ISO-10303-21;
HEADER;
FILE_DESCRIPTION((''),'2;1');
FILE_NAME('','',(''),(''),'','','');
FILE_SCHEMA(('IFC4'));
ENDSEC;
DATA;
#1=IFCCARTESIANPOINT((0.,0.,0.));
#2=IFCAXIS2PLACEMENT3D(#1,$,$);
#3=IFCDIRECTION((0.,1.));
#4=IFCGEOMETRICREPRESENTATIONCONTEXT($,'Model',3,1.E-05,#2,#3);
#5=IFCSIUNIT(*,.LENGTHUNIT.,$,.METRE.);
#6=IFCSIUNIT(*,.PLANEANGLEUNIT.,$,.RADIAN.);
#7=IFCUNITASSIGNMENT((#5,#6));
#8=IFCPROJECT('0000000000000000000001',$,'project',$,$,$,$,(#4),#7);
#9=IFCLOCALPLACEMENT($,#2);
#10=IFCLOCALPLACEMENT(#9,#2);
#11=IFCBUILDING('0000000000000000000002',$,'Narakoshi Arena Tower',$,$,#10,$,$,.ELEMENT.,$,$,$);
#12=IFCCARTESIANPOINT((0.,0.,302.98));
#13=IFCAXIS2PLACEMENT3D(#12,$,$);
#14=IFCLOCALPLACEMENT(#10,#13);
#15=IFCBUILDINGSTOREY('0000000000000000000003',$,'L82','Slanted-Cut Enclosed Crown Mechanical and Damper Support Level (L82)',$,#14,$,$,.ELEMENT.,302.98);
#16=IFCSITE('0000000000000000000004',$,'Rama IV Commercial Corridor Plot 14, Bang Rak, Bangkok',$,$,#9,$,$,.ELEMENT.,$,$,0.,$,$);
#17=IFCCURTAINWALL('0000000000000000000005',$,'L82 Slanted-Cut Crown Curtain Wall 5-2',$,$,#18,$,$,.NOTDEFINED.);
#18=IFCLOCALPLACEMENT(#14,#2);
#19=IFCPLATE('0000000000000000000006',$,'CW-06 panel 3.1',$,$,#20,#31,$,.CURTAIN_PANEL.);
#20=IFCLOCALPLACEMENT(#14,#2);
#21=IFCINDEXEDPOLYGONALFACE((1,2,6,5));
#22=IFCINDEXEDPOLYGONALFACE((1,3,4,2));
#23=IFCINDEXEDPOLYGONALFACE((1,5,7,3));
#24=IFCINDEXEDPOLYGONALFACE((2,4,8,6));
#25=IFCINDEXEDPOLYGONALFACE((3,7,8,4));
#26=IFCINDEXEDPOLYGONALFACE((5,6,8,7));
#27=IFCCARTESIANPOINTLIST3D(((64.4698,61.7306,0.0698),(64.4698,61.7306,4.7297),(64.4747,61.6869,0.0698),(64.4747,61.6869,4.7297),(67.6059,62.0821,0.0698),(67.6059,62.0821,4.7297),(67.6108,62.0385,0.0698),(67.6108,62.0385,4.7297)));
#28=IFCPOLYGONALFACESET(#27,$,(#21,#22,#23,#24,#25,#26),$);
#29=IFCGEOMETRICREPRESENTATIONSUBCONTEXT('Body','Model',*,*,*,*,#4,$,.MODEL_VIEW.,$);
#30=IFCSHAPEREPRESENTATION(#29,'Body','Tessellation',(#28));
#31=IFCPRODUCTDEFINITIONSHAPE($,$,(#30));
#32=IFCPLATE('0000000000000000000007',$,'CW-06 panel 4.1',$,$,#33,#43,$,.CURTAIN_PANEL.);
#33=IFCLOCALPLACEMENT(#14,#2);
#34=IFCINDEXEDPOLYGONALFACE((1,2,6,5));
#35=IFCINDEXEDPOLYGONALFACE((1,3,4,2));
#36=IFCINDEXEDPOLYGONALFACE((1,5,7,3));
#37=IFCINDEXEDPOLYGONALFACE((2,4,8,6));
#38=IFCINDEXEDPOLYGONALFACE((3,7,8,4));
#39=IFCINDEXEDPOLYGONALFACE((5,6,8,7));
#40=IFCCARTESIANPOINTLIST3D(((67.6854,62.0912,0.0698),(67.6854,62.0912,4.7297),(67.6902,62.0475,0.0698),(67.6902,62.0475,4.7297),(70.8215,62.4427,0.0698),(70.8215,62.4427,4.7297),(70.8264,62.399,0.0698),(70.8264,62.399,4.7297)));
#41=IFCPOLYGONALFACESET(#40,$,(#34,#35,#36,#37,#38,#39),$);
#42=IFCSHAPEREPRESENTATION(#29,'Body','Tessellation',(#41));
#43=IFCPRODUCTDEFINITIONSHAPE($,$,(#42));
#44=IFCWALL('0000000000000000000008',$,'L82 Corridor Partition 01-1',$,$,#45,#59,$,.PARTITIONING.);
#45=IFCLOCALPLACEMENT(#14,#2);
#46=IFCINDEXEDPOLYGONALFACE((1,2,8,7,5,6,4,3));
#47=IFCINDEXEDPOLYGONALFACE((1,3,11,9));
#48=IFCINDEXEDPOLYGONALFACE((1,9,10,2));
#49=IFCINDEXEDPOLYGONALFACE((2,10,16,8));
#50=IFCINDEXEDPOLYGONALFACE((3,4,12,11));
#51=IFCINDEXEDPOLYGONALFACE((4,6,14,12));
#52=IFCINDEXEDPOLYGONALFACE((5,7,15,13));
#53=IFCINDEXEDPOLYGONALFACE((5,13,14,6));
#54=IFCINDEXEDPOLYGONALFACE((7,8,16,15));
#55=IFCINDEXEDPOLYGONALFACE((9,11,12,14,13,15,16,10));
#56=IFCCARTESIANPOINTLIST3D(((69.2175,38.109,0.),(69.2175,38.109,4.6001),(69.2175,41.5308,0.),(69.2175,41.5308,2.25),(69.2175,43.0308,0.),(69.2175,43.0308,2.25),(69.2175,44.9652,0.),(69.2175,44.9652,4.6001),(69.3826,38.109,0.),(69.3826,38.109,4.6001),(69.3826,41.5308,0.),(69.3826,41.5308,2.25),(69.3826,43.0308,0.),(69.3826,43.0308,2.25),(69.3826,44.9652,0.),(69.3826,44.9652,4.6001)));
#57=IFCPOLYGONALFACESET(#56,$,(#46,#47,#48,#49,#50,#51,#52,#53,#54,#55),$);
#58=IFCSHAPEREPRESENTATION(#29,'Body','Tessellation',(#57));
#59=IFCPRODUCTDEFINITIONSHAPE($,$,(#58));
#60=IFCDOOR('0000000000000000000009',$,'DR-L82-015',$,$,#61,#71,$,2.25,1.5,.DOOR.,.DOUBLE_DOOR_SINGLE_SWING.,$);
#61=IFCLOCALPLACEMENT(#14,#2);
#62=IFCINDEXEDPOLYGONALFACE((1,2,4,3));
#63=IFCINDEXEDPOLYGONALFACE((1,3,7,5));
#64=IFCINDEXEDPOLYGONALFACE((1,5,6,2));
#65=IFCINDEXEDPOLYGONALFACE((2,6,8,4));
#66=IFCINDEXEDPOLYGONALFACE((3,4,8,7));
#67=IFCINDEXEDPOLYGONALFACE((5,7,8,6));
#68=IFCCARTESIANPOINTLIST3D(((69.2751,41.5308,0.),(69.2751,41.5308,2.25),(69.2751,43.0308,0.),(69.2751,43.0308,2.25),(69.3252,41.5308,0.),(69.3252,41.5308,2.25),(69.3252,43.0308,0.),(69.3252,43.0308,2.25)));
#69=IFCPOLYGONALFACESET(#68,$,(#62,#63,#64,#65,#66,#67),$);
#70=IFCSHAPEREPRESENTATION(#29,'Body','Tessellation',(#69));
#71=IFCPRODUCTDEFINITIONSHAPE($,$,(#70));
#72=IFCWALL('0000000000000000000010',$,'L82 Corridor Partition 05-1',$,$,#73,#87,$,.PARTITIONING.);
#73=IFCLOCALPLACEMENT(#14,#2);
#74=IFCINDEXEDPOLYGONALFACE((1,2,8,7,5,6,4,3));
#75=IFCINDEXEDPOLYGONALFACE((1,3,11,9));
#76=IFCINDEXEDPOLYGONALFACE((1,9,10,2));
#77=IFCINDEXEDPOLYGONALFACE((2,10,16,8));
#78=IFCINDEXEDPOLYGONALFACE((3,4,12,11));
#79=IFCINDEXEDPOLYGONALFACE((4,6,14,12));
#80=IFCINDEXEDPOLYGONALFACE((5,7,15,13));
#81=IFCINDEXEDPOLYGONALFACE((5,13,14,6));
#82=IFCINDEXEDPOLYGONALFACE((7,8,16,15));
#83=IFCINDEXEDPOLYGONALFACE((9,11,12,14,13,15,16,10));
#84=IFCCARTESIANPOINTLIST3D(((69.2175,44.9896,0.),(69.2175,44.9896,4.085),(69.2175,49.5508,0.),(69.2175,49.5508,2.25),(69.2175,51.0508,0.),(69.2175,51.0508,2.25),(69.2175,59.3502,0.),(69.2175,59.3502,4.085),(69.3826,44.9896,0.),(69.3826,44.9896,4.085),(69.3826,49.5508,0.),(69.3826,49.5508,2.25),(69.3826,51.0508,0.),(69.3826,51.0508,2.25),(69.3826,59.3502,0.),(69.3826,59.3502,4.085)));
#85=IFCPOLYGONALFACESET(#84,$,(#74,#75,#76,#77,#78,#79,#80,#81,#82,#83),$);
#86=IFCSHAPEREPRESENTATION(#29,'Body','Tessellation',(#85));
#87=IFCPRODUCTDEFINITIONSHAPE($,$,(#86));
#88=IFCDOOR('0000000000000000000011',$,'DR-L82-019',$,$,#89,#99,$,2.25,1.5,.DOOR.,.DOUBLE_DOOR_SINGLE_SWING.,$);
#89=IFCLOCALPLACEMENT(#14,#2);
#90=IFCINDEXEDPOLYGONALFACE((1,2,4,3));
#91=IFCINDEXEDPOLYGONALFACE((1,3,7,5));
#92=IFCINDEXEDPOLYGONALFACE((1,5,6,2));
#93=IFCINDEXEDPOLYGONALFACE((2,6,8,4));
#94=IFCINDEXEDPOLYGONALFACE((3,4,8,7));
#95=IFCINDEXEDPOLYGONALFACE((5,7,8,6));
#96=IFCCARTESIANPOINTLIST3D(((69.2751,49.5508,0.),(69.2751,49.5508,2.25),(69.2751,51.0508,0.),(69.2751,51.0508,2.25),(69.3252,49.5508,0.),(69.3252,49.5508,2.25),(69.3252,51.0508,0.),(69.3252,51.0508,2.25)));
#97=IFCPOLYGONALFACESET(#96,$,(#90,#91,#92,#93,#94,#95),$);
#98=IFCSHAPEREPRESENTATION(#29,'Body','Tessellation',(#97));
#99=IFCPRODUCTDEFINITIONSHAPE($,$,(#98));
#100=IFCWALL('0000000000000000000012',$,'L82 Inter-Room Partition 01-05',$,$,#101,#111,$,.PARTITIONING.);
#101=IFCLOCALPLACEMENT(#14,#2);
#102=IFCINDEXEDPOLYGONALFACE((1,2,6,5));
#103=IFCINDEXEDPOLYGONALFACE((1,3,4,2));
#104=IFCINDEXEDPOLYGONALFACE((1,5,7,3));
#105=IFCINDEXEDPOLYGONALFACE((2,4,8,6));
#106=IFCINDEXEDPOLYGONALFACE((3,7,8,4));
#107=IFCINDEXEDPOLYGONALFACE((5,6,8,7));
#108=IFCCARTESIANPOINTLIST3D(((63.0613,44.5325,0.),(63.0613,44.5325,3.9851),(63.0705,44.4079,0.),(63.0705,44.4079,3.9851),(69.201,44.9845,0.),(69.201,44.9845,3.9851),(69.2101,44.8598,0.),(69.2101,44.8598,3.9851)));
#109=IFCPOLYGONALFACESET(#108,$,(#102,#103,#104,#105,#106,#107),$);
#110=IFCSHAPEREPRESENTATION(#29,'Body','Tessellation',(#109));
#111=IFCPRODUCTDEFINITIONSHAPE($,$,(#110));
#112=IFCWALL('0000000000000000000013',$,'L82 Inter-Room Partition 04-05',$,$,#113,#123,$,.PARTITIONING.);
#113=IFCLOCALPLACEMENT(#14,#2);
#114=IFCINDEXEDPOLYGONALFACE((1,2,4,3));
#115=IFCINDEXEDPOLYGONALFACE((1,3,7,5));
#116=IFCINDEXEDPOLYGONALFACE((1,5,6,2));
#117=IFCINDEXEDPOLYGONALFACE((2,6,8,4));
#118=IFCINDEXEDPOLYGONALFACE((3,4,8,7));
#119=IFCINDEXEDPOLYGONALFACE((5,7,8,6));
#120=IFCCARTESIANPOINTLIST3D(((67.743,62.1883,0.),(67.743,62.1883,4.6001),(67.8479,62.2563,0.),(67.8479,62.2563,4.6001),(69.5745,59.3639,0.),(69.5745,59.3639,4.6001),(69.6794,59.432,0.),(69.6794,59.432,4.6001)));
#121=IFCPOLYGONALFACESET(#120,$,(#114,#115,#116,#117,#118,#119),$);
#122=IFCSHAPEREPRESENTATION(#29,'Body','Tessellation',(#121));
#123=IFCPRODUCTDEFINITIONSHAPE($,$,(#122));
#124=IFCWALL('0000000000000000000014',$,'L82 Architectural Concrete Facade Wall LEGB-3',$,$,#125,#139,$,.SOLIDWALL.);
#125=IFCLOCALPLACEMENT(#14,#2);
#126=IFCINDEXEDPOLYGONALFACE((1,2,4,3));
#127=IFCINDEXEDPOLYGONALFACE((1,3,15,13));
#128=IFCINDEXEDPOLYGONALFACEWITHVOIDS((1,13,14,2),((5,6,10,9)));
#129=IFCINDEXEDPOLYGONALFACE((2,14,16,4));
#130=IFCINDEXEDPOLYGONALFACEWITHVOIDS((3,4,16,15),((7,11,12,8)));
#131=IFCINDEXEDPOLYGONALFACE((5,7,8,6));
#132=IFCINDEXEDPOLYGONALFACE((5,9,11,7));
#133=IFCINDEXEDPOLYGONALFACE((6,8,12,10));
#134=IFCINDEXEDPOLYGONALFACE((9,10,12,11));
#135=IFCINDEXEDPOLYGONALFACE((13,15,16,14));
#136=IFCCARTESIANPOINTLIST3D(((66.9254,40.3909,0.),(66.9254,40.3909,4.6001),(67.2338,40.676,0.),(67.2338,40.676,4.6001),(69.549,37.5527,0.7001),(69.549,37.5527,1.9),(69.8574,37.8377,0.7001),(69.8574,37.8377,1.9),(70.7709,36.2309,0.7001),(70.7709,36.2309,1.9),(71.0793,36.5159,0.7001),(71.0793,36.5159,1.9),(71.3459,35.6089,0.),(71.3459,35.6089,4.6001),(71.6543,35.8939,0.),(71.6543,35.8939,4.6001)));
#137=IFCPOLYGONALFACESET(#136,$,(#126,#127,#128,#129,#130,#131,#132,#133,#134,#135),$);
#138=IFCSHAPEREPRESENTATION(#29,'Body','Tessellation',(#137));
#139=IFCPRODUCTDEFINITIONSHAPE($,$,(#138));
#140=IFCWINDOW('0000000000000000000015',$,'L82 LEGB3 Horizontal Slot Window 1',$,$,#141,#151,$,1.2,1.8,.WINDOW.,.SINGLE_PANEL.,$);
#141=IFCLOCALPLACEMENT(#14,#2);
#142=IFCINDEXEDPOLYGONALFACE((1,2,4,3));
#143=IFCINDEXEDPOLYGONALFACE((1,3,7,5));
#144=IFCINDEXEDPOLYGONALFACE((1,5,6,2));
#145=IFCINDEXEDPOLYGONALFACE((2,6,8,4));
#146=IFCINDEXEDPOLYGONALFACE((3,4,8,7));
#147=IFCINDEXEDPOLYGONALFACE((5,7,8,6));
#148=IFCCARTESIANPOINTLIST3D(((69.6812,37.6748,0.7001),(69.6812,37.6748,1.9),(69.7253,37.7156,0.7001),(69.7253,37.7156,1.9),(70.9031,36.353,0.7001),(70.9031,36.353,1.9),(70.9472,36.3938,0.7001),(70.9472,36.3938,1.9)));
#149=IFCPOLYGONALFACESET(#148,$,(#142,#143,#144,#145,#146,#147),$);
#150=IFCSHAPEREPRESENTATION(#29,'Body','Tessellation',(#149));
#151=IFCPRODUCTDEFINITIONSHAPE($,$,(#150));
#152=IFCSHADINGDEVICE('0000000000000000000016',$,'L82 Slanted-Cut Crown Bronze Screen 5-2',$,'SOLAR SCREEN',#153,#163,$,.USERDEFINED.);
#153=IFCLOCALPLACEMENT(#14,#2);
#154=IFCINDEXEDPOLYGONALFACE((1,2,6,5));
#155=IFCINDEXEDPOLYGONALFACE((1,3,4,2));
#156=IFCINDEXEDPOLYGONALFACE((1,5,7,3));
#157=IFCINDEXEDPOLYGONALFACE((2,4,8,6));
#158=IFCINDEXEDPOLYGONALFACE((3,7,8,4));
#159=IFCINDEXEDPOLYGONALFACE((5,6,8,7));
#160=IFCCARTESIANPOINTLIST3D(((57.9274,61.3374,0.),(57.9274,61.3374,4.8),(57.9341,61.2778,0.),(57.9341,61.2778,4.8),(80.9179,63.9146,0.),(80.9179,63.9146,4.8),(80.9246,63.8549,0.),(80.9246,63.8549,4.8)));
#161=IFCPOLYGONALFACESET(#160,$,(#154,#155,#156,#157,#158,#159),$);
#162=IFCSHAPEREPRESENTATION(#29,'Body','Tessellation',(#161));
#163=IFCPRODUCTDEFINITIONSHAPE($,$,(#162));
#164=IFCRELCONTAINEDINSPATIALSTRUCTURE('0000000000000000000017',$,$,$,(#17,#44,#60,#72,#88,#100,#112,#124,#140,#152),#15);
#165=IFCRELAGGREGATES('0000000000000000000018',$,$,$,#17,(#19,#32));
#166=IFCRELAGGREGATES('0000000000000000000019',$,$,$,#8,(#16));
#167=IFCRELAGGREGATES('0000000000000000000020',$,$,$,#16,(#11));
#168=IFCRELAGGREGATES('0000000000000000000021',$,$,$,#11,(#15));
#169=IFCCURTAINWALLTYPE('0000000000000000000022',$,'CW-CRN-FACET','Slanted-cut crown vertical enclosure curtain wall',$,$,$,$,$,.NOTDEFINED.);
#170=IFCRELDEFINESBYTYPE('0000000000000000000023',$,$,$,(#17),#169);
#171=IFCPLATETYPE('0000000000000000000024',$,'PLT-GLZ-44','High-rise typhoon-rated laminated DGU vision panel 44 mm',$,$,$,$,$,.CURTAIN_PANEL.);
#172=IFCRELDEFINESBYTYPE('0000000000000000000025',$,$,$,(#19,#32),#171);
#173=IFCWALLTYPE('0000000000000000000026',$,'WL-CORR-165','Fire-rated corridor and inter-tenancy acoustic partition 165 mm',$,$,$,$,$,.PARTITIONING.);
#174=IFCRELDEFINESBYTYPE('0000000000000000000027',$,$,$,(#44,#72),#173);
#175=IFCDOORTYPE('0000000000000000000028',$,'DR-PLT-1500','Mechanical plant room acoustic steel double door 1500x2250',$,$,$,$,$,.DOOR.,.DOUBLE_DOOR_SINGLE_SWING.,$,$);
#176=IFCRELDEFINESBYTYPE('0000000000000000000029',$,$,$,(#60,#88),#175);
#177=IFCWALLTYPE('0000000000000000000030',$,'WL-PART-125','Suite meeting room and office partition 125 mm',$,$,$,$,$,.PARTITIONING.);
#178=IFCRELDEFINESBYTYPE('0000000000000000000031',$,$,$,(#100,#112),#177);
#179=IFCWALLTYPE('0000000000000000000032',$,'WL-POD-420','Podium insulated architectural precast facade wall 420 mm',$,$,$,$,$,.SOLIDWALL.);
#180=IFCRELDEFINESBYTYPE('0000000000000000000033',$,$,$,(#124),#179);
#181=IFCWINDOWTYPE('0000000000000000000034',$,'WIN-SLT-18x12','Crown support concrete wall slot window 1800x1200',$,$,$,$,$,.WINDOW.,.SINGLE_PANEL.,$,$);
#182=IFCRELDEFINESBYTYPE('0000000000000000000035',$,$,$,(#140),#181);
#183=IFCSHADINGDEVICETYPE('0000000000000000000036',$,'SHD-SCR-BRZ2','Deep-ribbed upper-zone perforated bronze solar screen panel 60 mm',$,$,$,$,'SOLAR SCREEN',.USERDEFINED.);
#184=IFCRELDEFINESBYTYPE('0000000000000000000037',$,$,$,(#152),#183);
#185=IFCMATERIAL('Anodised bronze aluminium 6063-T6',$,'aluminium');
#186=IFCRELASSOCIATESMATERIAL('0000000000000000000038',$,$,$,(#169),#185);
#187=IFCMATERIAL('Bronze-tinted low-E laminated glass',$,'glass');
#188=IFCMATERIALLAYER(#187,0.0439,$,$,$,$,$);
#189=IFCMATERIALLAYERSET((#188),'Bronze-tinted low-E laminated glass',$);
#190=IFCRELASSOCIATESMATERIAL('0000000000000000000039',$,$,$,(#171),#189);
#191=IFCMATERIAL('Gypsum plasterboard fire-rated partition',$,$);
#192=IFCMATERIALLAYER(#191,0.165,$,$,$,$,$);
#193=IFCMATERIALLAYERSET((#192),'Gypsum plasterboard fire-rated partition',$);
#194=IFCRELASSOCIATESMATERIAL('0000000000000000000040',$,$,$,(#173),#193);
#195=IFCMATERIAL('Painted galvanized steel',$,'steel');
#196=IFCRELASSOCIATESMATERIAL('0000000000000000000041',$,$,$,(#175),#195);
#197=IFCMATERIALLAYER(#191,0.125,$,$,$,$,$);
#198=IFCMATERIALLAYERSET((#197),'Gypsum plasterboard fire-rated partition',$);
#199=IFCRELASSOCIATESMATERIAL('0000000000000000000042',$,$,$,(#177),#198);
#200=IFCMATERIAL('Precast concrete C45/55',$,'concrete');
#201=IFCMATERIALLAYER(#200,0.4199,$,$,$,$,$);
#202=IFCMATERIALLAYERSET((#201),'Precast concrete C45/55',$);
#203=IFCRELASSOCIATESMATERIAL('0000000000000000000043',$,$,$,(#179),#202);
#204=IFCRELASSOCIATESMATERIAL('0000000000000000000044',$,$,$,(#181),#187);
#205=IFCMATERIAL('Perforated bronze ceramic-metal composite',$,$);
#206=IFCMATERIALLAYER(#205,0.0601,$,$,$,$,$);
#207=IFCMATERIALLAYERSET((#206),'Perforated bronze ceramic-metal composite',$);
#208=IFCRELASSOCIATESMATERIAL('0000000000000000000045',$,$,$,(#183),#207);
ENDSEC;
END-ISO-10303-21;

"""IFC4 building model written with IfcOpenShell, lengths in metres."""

from ifc_helpers import new_model, si_unit, direction, frame, frame_2d, origin, origin_2d, place, context, subcontext, project, spatial, polyline, rectangle, outline, extrude, material, layer, layer_set, type_object, element, fill, aggregate, save


model = new_model("IFC4")

# Units and contexts
model_context = context("Model", 3, precision=1e-05, world=origin(), true_north=direction((0.0, 1.0)))
body_context = subcontext(model_context, "Body", "Model", "MODEL_VIEW")
ifc_project = project(units=[si_unit("LENGTHUNIT", "METRE"), si_unit("PLANEANGLEUNIT", "RADIAN")], contexts=[model_context])

# Site, building, storey
site_placement = place(None, origin())
site = spatial("IfcSite", under=ifc_project, at=site_placement, Name="Rama IV Commercial Corridor Plot 14, Bang Rak, Bangkok", CompositionType="ELEMENT", RefElevation=0.0)
building_placement = place(site_placement, origin())
building = spatial("IfcBuilding", under=site, at=building_placement, Name="Narakoshi Arena Tower", CompositionType="ELEMENT")
storey_placement = place(building_placement, frame((0.0, 0.0, 302.98)))
storey = spatial("IfcBuildingStorey", under=building, at=storey_placement, Name="L82", Description="Slanted-Cut Enclosed Crown Mechanical and Damper Support Level (L82)", CompositionType="ELEMENT", Elevation=302.98)

# Curtain wall, plates
ifc_material_1 = material(Name="Anodised bronze aluminium 6063-T6", Category="aluminium")
curtain_wall_type = type_object("IfcCurtainWallType", Name="CW-CRN-FACET", Description="Slanted-cut crown vertical enclosure curtain wall", PredefinedType="NOTDEFINED", material=ifc_material_1)
curtain_wall_placement = place(storey_placement, origin())
curtain_wall = element("IfcCurtainWall", 1, at=curtain_wall_placement, inside=storey, type_object=curtain_wall_type, Name="L82 Slanted-Cut Crown Curtain Wall 5-2", PredefinedType="NOTDEFINED")
ifc_material_2 = material(Name="Bronze-tinted low-E laminated glass", Category="glass")
ifc_layer_1 = layer(ifc_material_2, 0.0439)
ifc_layer_set_1 = layer_set([ifc_layer_1], Name="Bronze-tinted low-E laminated glass")
plate_type = type_object("IfcPlateType", Name="PLT-GLZ-44", Description="High-rise typhoon-rated laminated DGU vision panel 44 mm", PredefinedType="CURTAIN_PANEL", material=ifc_layer_set_1)
plate_1_placement = place(storey_placement, frame((66.0403, 61.8845, 0.0698), z_axis=(0.0, 0.0, 1.0), x_axis=(0.993776, 0.111395, 0.0)))
plate_1 = element("IfcPlate", 2, at=plate_1_placement, type_object=plate_type, Name="CW-06 panel 3.1", PredefinedType="CURTAIN_PANEL", context=body_context, shape_type="SweptSolid", body=[
    extrude(rectangle(XDim=3.1558, YDim=0.0439, at=origin_2d()), origin(), (0.0, 0.0, 1.0), 4.6599),
])
plate_2_placement = place(storey_placement, frame((69.2559, 62.2451, 0.0698), z_axis=(0.0, 0.0, 1.0), x_axis=(0.993776, 0.111395, 0.0)))
plate_2 = element("IfcPlate", 3, at=plate_2_placement, type_object=plate_type, Name="CW-06 panel 4.1", PredefinedType="CURTAIN_PANEL", context=body_context, shape_type="SweptSolid", body=[
    extrude(rectangle(XDim=3.1558, YDim=0.0439, at=origin_2d()), origin(), (0.0, 0.0, 1.0), 4.6599),
])
aggregate(curtain_wall, [plate_1, plate_2])

# Walls, openings, doors
ifc_material_3 = material(Name="Gypsum plasterboard fire-rated partition")
ifc_layer_2 = layer(ifc_material_3, 0.165)
ifc_layer_set_2 = layer_set([ifc_layer_2], Name="Gypsum plasterboard fire-rated partition")
wall_type_1 = type_object("IfcWallType", Name="WL-CORR-165", Description="Fire-rated corridor and inter-tenancy acoustic partition 165 mm", PredefinedType="PARTITIONING", material=ifc_layer_set_2)
wall_1_placement = place(storey_placement, frame((69.3, 44.9653, 0.0), z_axis=(0.0, 0.0, 1.0), x_axis=(0.0, -1.0, 0.0)))
wall_1 = element("IfcWall", 4, at=wall_1_placement, inside=storey, type_object=wall_type_1, Name="L82 Corridor Partition 01-1", PredefinedType="PARTITIONING", context=body_context, shape_type="SweptSolid", body=[
    extrude(rectangle(XDim=6.8562, YDim=0.165, at=frame_2d((3.4282, 0.0))), origin(), (0.0, 0.0, 1.0), 4.6001),
])
opening_1_placement = place(wall_1_placement, frame((1.9346, 0.0, 0.0)))
opening_1 = element("IfcOpeningElement", 5, at=opening_1_placement, cuts=wall_1, PredefinedType="OPENING", context=body_context, shape_type="SweptSolid", body=[
    extrude(rectangle(XDim=1.5, YDim=2.25, at=frame_2d((0.75, 1.125))), frame((0.0, 0.0925, 0.0), z_axis=(0.0, -1.0, 0.0), x_axis=(1.0, 0.0, 0.0)), (0.0, 0.0, 1.0), 0.1851),
])
ifc_material_4 = material(Name="Painted galvanized steel", Category="steel")
door_type = type_object("IfcDoorType", Name="DR-PLT-1500", Description="Mechanical plant room acoustic steel double door 1500x2250", OperationType="DOUBLE_DOOR_SINGLE_SWING", PredefinedType="DOOR", material=ifc_material_4)
door_1_placement = place(opening_1_placement, frame((1.5, 0.0, 0.0), z_axis=(0.0, 0.0, 1.0), x_axis=(-1.0, 0.0, 0.0)))
door_1 = element("IfcDoor", 6, at=door_1_placement, inside=storey, type_object=door_type, Name="DR-L82-015", OperationType="DOUBLE_DOOR_SINGLE_SWING", OverallHeight=2.25, OverallWidth=1.5, PredefinedType="DOOR", context=body_context, shape_type="SweptSolid", body=[
    extrude(rectangle(XDim=1.5, YDim=2.25, at=frame_2d((0.75, 1.125))), frame((0.0, 0.0249, 0.0), z_axis=(0.0, -1.0, 0.0), x_axis=(1.0, 0.0, 0.0)), (0.0, 0.0, 1.0), 0.05),
])
fill(opening_1, door_1)
wall_2_placement = place(storey_placement, frame((69.3, 59.3501, 0.0), z_axis=(0.0, 0.0, 1.0), x_axis=(0.0, -1.0, 0.0)))
wall_2 = element("IfcWall", 7, at=wall_2_placement, inside=storey, type_object=wall_type_1, Name="L82 Corridor Partition 05-1", PredefinedType="PARTITIONING", context=body_context, shape_type="SweptSolid", body=[
    extrude(rectangle(XDim=14.3606, YDim=0.165, at=frame_2d((7.1802, 0.0))), origin(), (0.0, 0.0, 1.0), 4.085),
])
opening_2_placement = place(wall_2_placement, frame((8.2993, 0.0, 0.0)))
opening_2 = element("IfcOpeningElement", 8, at=opening_2_placement, cuts=wall_2, PredefinedType="OPENING", context=body_context, shape_type="SweptSolid", body=[
    extrude(rectangle(XDim=1.5, YDim=2.25, at=frame_2d((0.75, 1.125))), frame((0.0, 0.0925, 0.0), z_axis=(0.0, -1.0, 0.0), x_axis=(1.0, 0.0, 0.0)), (0.0, 0.0, 1.0), 0.1851),
])
door_2_placement = place(opening_2_placement, frame((1.5, 0.0, 0.0), z_axis=(0.0, 0.0, 1.0), x_axis=(-1.0, 0.0, 0.0)))
door_2 = element("IfcDoor", 9, at=door_2_placement, inside=storey, type_object=door_type, Name="DR-L82-019", OperationType="DOUBLE_DOOR_SINGLE_SWING", OverallHeight=2.25, OverallWidth=1.5, PredefinedType="DOOR", context=body_context, shape_type="SweptSolid", body=[
    extrude(rectangle(XDim=1.5, YDim=2.25, at=frame_2d((0.75, 1.125))), frame((0.0, 0.0249, 0.0), z_axis=(0.0, -1.0, 0.0), x_axis=(1.0, 0.0, 0.0)), (0.0, 0.0, 1.0), 0.05),
])
fill(opening_2, door_2)

# Walls
ifc_layer_3 = layer(ifc_material_3, 0.125)
ifc_layer_set_3 = layer_set([ifc_layer_3], Name="Gypsum plasterboard fire-rated partition")
wall_type_2 = type_object("IfcWallType", Name="WL-PART-125", Description="Suite meeting room and office partition 125 mm", PredefinedType="PARTITIONING", material=ifc_layer_set_3)
wall_3_placement = place(storey_placement, frame((63.0659, 44.4702, 0.0), z_axis=(0.0, 0.0, 1.0), x_axis=(0.997302, 0.073406, 0.0)))
element("IfcWall", 10, at=wall_3_placement, inside=storey, type_object=wall_type_2, Name="L82 Inter-Room Partition 01-05", PredefinedType="PARTITIONING", context=body_context, shape_type="SweptSolid", body=[
    extrude(rectangle(XDim=6.1562, YDim=0.125, at=frame_2d((3.0781, 0.0))), origin(), (0.0, 0.0, 1.0), 3.9851),
])
wall_4_placement = place(storey_placement, frame((69.627, 59.3979, 0.0), z_axis=(0.0, 0.0, 1.0), x_axis=(-0.544078, 0.839035, 0.0)))
element("IfcWall", 11, at=wall_4_placement, inside=storey, type_object=wall_type_2, Name="L82 Inter-Room Partition 04-05", PredefinedType="PARTITIONING", context=body_context, shape_type="SweptSolid", body=[
    extrude(rectangle(XDim=3.3662, YDim=0.125, at=frame_2d((1.6831, 0.0))), origin(), (0.0, 0.0, 1.0), 4.6001),
])

# Wall, opening, window
ifc_material_5 = material(Name="Precast concrete C45/55", Category="concrete")
ifc_layer_4 = layer(ifc_material_5, 0.4199)
ifc_layer_set_4 = layer_set([ifc_layer_4], Name="Precast concrete C45/55")
wall_type_3 = type_object("IfcWallType", Name="WL-POD-420", Description="Podium insulated architectural precast facade wall 420 mm", PredefinedType="SOLIDWALL", material=ifc_layer_set_4)
wall_5_placement = place(storey_placement, frame((67.0796, 40.5334, 0.0), z_axis=(0.0, 0.0, 1.0), x_axis=(0.6788, -0.734323, 0.0)))
wall_5 = element("IfcWall", 12, at=wall_5_placement, inside=storey, type_object=wall_type_3, Name="L82 Architectural Concrete Facade Wall LEGB-3", PredefinedType="SOLIDWALL", context=body_context, shape_type="SweptSolid", body=[
    extrude(outline(polyline([(0.0, 0.0), (6.5122, 0.0), (6.5122, 4.6001), (0.0, 4.6001), (0.0, 0.0)])), frame((0.0, 0.21, 0.0), z_axis=(0.0, -1.0, 0.0), x_axis=(1.0, 0.0, 0.0)), (0.0, 0.0, 1.0), 0.4199),
])
opening_3_placement = place(wall_5_placement, frame((3.8652, 0.0, 0.7)))
opening_3 = element("IfcOpeningElement", 13, at=opening_3_placement, cuts=wall_5, PredefinedType="OPENING", context=body_context, shape_type="SweptSolid", body=[
    extrude(rectangle(XDim=1.8, YDim=1.2, at=frame_2d((0.8999, 0.6001))), frame((0.0, 0.22, 0.0), z_axis=(0.0, -1.0, 0.0), x_axis=(1.0, 0.0, 0.0)), (0.0, 0.0, 1.0), 0.4399),
])
window_type = type_object("IfcWindowType", Name="WIN-SLT-18x12", Description="Crown support concrete wall slot window 1800x1200", PartitioningType="SINGLE_PANEL", PredefinedType="WINDOW", material=ifc_material_2)
window_placement = place(opening_3_placement, origin())
window = element("IfcWindow", 14, at=window_placement, inside=storey, type_object=window_type, Name="L82 LEGB3 Horizontal Slot Window 1", OverallHeight=1.2, OverallWidth=1.8, PartitioningType="SINGLE_PANEL", PredefinedType="WINDOW", context=body_context, shape_type="SweptSolid", body=[
    extrude(rectangle(XDim=1.8, YDim=1.2, at=frame_2d((0.8999, 0.6001))), frame((0.0, 0.03, 0.0), z_axis=(0.0, -1.0, 0.0), x_axis=(1.0, 0.0, 0.0)), (0.0, 0.0, 1.0), 0.0601),
])
fill(opening_3, window)

# Shading device
ifc_material_6 = material(Name="Perforated bronze ceramic-metal composite")
ifc_layer_5 = layer(ifc_material_6, 0.0601)
ifc_layer_set_5 = layer_set([ifc_layer_5], Name="Perforated bronze ceramic-metal composite")
shading_device_type = type_object("IfcShadingDeviceType", Name="SHD-SCR-BRZ2", Description="Deep-ribbed upper-zone perforated bronze solar screen panel 60 mm", ElementType="SOLAR SCREEN", PredefinedType="USERDEFINED", material=ifc_layer_set_5)
shading_device_placement = place(storey_placement, frame((69.426, 62.5962, 0.0), z_axis=(0.0, 0.0, 1.0), x_axis=(0.993776, 0.1114, 0.0)))
element("IfcShadingDevice", 15, at=shading_device_placement, inside=storey, type_object=shading_device_type, Name="L82 Slanted-Cut Crown Bronze Screen 5-2", ObjectType="SOLAR SCREEN", PredefinedType="USERDEFINED", context=body_context, shape_type="SweptSolid", body=[
    extrude(rectangle(XDim=23.1345, YDim=0.0601, at=origin_2d()), origin(), (0.0, 0.0, 1.0), 4.8),
])

save(model, "model.ifc")
